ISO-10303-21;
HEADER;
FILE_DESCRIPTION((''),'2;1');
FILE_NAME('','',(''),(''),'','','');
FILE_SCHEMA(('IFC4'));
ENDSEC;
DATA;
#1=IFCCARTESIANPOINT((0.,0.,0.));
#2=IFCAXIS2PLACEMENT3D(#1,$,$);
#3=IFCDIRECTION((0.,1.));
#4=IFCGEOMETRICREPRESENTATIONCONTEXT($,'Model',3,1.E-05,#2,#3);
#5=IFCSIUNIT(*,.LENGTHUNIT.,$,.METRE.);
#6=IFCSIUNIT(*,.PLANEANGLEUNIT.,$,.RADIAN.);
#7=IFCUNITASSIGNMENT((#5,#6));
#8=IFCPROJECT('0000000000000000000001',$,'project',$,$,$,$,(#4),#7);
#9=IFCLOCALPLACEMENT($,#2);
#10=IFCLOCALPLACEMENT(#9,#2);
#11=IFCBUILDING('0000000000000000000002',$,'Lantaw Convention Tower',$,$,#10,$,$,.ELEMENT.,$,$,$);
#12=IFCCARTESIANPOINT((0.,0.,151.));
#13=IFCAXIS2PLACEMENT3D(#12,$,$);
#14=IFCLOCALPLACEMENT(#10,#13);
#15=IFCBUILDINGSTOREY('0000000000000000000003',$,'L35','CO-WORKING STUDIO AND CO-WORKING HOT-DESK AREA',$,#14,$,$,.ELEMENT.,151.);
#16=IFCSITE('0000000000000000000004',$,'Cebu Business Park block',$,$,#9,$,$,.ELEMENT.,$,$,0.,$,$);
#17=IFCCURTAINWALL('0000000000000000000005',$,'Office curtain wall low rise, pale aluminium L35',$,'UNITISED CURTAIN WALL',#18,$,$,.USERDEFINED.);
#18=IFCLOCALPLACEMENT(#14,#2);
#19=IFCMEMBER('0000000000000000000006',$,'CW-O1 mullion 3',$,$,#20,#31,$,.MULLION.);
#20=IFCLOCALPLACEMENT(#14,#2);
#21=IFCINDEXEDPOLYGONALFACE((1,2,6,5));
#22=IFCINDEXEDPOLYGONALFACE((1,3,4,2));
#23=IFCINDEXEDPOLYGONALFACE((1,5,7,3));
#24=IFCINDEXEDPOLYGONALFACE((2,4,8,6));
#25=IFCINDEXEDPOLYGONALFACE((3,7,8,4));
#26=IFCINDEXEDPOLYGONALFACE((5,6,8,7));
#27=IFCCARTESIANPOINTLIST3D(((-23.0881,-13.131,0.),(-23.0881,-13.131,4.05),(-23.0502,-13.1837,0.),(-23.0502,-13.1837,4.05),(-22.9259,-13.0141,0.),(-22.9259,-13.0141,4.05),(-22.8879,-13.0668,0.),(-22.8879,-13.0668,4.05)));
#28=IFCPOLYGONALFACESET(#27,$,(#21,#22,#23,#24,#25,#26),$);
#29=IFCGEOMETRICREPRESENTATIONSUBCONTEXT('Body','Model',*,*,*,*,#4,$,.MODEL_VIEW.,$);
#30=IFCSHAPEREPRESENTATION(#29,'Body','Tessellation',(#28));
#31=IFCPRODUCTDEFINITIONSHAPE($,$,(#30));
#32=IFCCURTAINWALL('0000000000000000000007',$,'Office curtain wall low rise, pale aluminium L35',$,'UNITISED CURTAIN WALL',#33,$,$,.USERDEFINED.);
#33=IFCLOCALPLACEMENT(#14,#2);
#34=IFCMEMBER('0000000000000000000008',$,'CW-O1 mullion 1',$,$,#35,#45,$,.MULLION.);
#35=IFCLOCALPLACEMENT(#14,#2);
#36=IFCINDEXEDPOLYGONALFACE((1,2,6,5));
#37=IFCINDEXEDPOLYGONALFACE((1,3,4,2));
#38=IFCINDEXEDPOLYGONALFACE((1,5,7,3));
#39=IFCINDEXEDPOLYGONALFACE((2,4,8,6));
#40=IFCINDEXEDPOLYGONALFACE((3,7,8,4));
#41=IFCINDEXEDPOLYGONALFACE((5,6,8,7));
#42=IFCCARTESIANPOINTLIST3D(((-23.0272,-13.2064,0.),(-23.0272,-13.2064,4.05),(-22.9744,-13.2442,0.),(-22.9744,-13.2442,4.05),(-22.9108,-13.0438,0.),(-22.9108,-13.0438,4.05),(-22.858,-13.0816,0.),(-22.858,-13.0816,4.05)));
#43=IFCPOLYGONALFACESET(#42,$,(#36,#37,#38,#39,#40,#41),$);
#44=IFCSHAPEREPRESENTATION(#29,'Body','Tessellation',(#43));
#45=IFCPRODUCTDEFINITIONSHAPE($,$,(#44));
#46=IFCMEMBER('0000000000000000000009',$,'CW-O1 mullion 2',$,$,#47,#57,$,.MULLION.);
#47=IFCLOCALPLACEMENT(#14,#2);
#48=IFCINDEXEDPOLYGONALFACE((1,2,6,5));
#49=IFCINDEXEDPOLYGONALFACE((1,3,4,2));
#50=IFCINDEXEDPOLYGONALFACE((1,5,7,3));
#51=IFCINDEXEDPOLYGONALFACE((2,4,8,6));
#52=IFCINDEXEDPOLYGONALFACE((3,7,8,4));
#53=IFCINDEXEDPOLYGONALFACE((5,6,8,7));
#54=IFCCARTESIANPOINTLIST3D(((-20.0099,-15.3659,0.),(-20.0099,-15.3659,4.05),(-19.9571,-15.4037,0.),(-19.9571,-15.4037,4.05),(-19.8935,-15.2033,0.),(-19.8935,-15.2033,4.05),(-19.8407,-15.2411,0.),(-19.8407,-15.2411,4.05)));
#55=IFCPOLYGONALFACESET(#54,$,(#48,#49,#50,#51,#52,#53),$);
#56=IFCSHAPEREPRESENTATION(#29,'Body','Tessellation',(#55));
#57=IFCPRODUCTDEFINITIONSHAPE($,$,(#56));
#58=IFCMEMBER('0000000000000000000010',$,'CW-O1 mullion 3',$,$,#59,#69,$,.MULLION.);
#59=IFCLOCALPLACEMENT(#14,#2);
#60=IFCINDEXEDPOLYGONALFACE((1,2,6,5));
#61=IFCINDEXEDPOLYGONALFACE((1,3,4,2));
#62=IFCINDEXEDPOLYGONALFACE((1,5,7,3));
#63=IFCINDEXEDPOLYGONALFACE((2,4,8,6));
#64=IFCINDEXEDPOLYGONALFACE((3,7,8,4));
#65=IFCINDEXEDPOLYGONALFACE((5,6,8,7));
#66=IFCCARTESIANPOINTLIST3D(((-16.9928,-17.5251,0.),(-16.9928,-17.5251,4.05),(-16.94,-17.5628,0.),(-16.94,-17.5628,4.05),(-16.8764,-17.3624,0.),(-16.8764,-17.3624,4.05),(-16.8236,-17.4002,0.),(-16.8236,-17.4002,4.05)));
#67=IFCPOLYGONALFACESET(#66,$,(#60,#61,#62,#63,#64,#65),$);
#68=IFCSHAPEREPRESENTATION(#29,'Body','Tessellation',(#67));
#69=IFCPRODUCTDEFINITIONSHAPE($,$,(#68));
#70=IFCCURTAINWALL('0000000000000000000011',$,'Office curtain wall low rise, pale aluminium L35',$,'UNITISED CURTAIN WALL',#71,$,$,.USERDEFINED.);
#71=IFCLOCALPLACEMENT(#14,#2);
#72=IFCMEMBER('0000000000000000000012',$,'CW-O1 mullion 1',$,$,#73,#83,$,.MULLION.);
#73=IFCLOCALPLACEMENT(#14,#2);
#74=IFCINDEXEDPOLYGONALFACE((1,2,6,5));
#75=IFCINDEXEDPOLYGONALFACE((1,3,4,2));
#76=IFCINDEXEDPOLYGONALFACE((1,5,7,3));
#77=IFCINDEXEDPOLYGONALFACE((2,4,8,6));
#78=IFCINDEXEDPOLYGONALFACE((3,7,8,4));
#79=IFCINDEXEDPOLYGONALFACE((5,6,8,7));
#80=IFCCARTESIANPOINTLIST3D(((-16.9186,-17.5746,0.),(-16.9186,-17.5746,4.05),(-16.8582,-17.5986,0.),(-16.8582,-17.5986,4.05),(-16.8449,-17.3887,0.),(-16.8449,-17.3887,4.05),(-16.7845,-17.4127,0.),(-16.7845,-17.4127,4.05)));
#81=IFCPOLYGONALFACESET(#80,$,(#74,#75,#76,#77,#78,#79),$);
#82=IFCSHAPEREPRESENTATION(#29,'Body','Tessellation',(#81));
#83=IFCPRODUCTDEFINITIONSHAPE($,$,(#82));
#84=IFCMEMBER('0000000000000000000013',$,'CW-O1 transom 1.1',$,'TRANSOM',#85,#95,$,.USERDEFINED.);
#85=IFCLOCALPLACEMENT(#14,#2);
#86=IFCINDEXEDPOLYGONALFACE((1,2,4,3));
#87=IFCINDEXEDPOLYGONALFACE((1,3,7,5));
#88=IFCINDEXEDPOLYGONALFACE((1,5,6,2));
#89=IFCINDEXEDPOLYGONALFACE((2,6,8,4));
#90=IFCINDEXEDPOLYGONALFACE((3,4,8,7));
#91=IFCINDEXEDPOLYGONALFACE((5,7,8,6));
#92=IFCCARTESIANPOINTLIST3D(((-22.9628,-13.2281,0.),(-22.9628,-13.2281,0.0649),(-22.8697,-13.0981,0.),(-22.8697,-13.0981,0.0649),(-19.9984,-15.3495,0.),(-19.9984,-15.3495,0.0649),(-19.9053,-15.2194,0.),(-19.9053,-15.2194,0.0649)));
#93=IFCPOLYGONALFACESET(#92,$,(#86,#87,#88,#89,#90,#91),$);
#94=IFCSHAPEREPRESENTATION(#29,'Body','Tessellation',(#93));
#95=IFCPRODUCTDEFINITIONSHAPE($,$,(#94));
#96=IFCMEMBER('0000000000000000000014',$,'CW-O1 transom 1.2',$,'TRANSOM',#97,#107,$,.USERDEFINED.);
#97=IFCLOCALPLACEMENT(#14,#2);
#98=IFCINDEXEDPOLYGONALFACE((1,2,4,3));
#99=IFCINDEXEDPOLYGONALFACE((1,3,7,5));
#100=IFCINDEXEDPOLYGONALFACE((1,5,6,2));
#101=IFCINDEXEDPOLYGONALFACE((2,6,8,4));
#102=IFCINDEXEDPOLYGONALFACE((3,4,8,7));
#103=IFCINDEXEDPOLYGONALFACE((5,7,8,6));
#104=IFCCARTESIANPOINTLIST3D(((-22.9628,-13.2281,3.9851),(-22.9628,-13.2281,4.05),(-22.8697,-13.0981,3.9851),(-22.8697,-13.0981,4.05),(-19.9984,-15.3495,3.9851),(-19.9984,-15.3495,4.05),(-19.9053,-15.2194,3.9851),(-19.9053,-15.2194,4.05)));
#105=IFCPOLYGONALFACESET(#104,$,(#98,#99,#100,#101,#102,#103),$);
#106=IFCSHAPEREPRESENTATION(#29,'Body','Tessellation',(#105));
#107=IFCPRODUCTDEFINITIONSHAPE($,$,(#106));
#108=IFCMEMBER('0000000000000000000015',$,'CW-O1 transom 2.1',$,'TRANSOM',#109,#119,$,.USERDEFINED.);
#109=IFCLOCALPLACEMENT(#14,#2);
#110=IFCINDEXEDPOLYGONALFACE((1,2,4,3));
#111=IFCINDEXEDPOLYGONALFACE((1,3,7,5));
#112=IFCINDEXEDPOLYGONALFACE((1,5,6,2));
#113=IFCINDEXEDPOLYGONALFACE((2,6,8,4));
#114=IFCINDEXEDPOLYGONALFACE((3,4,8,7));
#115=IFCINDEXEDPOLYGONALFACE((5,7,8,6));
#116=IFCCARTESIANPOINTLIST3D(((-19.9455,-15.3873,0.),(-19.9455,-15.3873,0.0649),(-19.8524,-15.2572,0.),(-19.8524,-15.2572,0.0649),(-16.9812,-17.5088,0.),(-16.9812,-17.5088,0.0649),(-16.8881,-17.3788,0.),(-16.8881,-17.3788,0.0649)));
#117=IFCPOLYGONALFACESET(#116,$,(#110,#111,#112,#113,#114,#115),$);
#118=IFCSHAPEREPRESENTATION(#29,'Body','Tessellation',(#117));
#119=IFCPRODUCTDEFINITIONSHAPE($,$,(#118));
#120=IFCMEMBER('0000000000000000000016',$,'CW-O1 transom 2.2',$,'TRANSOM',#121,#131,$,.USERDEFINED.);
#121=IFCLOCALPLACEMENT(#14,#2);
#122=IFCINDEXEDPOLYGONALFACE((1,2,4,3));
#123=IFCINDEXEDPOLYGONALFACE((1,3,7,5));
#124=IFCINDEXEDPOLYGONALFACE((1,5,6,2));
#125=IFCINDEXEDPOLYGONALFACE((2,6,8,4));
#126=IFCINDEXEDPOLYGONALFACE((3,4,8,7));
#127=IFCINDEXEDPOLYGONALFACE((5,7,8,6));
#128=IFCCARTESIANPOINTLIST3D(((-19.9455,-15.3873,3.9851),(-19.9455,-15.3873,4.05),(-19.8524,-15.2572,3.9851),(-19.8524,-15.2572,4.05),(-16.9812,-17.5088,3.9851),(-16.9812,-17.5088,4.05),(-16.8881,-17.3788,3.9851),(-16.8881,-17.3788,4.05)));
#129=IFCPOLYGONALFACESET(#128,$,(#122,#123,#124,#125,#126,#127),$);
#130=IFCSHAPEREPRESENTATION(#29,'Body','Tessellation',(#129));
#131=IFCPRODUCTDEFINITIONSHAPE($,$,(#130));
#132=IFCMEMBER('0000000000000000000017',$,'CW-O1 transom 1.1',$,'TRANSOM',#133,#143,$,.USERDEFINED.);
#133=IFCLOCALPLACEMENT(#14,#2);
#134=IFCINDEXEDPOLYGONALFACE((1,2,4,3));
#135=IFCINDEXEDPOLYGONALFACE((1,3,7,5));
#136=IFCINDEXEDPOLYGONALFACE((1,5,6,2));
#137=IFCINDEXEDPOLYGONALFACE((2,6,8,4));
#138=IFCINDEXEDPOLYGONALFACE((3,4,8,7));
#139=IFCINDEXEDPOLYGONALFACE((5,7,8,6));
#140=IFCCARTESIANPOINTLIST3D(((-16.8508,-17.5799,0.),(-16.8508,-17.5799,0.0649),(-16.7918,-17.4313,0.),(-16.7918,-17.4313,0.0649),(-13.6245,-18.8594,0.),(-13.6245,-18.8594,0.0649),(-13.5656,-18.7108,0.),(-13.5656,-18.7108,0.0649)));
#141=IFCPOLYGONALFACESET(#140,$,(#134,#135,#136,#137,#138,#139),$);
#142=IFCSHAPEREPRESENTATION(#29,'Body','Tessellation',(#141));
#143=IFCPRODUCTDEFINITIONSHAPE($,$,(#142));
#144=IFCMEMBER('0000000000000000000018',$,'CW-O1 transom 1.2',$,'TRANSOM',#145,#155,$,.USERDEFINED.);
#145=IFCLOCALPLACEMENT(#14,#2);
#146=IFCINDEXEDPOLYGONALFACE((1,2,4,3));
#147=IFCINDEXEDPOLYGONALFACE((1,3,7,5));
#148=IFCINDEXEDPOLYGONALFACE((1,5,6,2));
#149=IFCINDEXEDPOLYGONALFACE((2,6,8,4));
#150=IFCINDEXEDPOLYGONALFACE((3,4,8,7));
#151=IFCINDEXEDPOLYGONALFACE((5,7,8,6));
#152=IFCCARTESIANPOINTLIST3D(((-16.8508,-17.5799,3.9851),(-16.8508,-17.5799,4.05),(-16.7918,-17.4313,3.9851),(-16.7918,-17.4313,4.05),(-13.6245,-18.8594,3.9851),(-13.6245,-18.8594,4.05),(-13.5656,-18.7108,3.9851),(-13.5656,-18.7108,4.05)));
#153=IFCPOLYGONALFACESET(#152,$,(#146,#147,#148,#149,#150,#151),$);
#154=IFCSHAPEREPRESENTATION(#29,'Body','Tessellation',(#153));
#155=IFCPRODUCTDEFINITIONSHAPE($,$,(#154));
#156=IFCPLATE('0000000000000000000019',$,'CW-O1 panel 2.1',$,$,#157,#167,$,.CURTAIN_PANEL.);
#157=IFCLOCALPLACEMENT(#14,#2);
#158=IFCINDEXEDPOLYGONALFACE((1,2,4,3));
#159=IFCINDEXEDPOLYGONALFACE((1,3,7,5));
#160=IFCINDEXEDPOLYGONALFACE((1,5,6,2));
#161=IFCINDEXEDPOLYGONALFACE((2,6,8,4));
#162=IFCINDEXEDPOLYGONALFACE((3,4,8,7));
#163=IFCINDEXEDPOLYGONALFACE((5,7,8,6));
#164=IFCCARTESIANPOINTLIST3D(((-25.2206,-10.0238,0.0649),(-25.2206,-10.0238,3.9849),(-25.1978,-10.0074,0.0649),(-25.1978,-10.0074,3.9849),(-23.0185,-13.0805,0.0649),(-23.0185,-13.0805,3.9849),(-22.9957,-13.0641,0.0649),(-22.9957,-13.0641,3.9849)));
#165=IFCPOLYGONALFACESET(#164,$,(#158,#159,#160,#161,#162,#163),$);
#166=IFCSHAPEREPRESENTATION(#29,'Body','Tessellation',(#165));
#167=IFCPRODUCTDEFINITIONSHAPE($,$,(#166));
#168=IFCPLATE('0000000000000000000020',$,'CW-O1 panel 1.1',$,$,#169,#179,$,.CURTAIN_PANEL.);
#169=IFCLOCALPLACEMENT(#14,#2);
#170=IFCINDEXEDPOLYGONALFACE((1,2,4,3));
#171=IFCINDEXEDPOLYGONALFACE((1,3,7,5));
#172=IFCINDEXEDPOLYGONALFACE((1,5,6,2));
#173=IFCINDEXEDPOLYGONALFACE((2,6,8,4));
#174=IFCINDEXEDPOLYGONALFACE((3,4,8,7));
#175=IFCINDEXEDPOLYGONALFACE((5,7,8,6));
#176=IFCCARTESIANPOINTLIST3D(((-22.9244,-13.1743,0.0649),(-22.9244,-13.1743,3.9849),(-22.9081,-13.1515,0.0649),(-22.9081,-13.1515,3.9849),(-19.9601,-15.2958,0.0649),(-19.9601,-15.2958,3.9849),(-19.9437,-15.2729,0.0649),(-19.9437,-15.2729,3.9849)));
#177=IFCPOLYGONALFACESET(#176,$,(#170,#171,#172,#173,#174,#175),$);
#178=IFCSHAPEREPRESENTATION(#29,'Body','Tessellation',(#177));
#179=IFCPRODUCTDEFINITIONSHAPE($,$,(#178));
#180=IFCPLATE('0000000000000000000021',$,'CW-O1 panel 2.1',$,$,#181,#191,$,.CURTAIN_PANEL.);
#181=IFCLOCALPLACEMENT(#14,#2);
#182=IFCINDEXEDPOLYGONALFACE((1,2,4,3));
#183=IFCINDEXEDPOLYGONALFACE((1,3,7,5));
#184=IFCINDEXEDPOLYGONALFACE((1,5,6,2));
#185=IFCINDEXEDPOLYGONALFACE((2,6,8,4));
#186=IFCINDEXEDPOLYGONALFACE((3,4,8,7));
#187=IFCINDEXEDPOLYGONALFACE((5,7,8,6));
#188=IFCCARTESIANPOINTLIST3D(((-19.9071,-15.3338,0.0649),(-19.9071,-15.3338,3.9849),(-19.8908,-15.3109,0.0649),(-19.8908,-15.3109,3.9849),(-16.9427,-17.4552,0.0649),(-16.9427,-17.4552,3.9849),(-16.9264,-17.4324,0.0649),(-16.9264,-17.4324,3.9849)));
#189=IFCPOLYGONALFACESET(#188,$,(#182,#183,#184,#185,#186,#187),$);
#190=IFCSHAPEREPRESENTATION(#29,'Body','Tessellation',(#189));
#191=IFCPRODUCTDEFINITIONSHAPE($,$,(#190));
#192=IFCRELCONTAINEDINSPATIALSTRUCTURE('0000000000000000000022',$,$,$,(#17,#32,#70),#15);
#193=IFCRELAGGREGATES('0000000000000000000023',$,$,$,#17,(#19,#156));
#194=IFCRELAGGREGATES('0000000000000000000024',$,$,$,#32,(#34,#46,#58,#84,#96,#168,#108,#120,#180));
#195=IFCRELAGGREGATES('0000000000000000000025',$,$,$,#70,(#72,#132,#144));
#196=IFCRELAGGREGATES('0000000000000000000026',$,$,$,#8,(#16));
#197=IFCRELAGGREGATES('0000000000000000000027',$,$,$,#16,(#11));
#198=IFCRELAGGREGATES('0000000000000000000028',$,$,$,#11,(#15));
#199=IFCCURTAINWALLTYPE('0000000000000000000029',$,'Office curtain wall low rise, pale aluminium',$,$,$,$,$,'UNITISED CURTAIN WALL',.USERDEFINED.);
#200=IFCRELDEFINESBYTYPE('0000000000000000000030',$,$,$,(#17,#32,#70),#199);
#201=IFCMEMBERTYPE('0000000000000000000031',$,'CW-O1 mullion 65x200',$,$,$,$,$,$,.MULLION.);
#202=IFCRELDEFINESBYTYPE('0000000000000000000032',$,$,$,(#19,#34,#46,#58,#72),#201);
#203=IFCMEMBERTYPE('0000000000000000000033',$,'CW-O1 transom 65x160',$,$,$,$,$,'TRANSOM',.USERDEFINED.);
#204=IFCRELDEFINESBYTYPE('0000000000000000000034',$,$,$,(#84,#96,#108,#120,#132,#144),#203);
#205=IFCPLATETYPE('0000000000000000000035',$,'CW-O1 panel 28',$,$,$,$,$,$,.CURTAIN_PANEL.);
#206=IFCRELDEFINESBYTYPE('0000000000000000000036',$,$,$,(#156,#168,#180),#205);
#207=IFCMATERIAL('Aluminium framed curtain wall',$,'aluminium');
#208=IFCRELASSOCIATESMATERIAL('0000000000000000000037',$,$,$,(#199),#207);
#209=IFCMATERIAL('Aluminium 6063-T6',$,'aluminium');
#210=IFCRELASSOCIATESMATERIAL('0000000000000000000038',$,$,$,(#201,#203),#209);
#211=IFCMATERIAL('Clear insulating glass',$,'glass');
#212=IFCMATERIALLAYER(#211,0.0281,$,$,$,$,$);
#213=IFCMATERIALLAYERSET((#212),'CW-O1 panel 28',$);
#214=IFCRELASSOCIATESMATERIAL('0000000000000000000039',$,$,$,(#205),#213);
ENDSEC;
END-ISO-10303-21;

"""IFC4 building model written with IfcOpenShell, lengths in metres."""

from ifc_helpers import new_model, si_unit, direction, frame, origin, origin_2d, place, context, subcontext, project, spatial, rectangle, extrude, material, layer, layer_set, material_profile, profile_set, type_object, element, aggregate, save


model = new_model("IFC4")

# Units and contexts
model_context = context("Model", 3, precision=1e-05, world=origin(), true_north=direction((0.0, 1.0)))
body_context = subcontext(model_context, "Body", "Model", "MODEL_VIEW")
ifc_project = project(units=[si_unit("LENGTHUNIT", "METRE"), si_unit("PLANEANGLEUNIT", "RADIAN")], contexts=[model_context])

# Site, building, storey
site_placement = place(None, origin())
site = spatial("IfcSite", under=ifc_project, at=site_placement, Name="Cebu Business Park block", CompositionType="ELEMENT", RefElevation=0.0)
building_placement = place(site_placement, origin())
building = spatial("IfcBuilding", under=site, at=building_placement, Name="Lantaw Convention Tower", CompositionType="ELEMENT")
storey_placement = place(building_placement, frame((0.0, 0.0, 151.0)))
storey = spatial("IfcBuildingStorey", under=building, at=storey_placement, Name="L35", Description="CO-WORKING STUDIO AND CO-WORKING HOT-DESK AREA", CompositionType="ELEMENT", Elevation=151.0)

# Curtain wall, member
ifc_material_1 = material(Name="Aluminium framed curtain wall", Category="aluminium")
curtain_wall_type = type_object("IfcCurtainWallType", Name="Office curtain wall low rise, pale aluminium", ElementType="UNITISED CURTAIN WALL", PredefinedType="USERDEFINED", material=ifc_material_1)
curtain_wall_1_placement = place(storey_placement, origin())
curtain_wall_1 = element("IfcCurtainWall", 1, at=curtain_wall_1_placement, inside=storey, type_object=curtain_wall_type, Name="Office curtain wall low rise, pale aluminium L35", ObjectType="UNITISED CURTAIN WALL", PredefinedType="USERDEFINED")
ifc_material_2 = material(Name="Aluminium 6063-T6", Category="aluminium")
ifc_material_profile_1 = material_profile(ifc_material_2, rectangle(XDim=0.2, YDim=0.0649, at=origin_2d()), Name="CW-O1 mullion 65x200")
ifc_profile_set_1 = profile_set([ifc_material_profile_1], Name="Aluminium 6063-T6")
member_type_1 = type_object("IfcMemberType", Name="CW-O1 mullion 65x200", PredefinedType="MULLION", material=ifc_profile_set_1)
member_1_placement = place(storey_placement, frame((-22.988, -13.0989, 0.0), z_axis=(0.0, 0.0, 1.0), x_axis=(0.811385, 0.584513, 0.0)))
member_1 = element("IfcMember", 2, at=member_1_placement, type_object=member_type_1, Name="CW-O1 mullion 3", PredefinedType="MULLION", context=body_context, shape_type="SweptSolid", body=[
    extrude(rectangle(XDim=0.2, YDim=0.0649, at=origin_2d()), origin(), (0.0, 0.0, 1.0), 4.05),
])

# Curtain wall, members
curtain_wall_2_placement = place(storey_placement, origin())
curtain_wall_2 = element("IfcCurtainWall", 3, at=curtain_wall_2_placement, inside=storey, type_object=curtain_wall_type, Name="Office curtain wall low rise, pale aluminium L35", ObjectType="UNITISED CURTAIN WALL", PredefinedType="USERDEFINED")
member_2_placement = place(storey_placement, frame((-22.9426, -13.144, 0.0), z_axis=(0.0, 0.0, 1.0), x_axis=(0.581973, 0.813208, 0.0)))
member_2 = element("IfcMember", 4, at=member_2_placement, type_object=member_type_1, Name="CW-O1 mullion 1", PredefinedType="MULLION", context=body_context, shape_type="SweptSolid", body=[
    extrude(rectangle(XDim=0.2, YDim=0.0649, at=origin_2d()), origin(), (0.0, 0.0, 1.0), 4.05),
])
member_3_placement = place(storey_placement, frame((-19.9253, -15.3035, 0.0), z_axis=(0.0, 0.0, 1.0), x_axis=(0.581973, 0.813208, 0.0)))
member_3 = element("IfcMember", 5, at=member_3_placement, type_object=member_type_1, Name="CW-O1 mullion 2", PredefinedType="MULLION", context=body_context, shape_type="SweptSolid", body=[
    extrude(rectangle(XDim=0.2, YDim=0.0649, at=origin_2d()), origin(), (0.0, 0.0, 1.0), 4.05),
])
member_4_placement = place(storey_placement, frame((-16.9082, -17.4626, 0.0), z_axis=(0.0, 0.0, 1.0), x_axis=(0.581973, 0.813208, 0.0)))
member_4 = element("IfcMember", 6, at=member_4_placement, type_object=member_type_1, Name="CW-O1 mullion 3", PredefinedType="MULLION", context=body_context, shape_type="SweptSolid", body=[
    extrude(rectangle(XDim=0.2, YDim=0.0649, at=origin_2d()), origin(), (0.0, 0.0, 1.0), 4.05),
])

# Curtain wall, member
curtain_wall_3_placement = place(storey_placement, origin())
curtain_wall_3 = element("IfcCurtainWall", 7, at=curtain_wall_3_placement, inside=storey, type_object=curtain_wall_type, Name="Office curtain wall low rise, pale aluminium L35", ObjectType="UNITISED CURTAIN WALL", PredefinedType="USERDEFINED")
member_5_placement = place(storey_placement, frame((-16.8516, -17.4937, 0.0), z_axis=(0.0, 0.0, 1.0), x_axis=(0.368702, 0.929548, 0.0)))
member_5 = element("IfcMember", 8, at=member_5_placement, type_object=member_type_1, Name="CW-O1 mullion 1", PredefinedType="MULLION", context=body_context, shape_type="SweptSolid", body=[
    extrude(rectangle(XDim=0.2, YDim=0.0649, at=origin_2d()), origin(), (0.0, 0.0, 1.0), 4.05),
])

# Members
ifc_material_profile_2 = material_profile(ifc_material_2, rectangle(XDim=0.1599, YDim=0.0649, at=origin_2d()), Name="CW-O1 transom 65x160")
ifc_profile_set_2 = profile_set([ifc_material_profile_2], Name="Aluminium 6063-T6")
member_type_2 = type_object("IfcMemberType", Name="CW-O1 transom 65x160", ElementType="TRANSOM", PredefinedType="USERDEFINED", material=ifc_profile_set_2)
member_6_placement = place(storey_placement, frame((-22.9163, -13.1631, 0.0325), z_axis=(0.813222, -0.581954, 0.0), x_axis=(0.581954, 0.813222, 0.0)))
member_6 = element("IfcMember", 9, at=member_6_placement, type_object=member_type_2, Name="CW-O1 transom 1.1", ObjectType="TRANSOM", PredefinedType="USERDEFINED", context=body_context, shape_type="SweptSolid", body=[
    extrude(rectangle(XDim=0.1599, YDim=0.0649, at=origin_2d()), origin(), (0.0, 0.0, 1.0), 3.6453),
])
member_7_placement = place(storey_placement, frame((-22.9163, -13.1631, 4.0176), z_axis=(0.813222, -0.581954, 0.0), x_axis=(0.581954, 0.813222, 0.0)))
member_7 = element("IfcMember", 10, at=member_7_placement, type_object=member_type_2, Name="CW-O1 transom 1.2", ObjectType="TRANSOM", PredefinedType="USERDEFINED", context=body_context, shape_type="SweptSolid", body=[
    extrude(rectangle(XDim=0.1599, YDim=0.0649, at=origin_2d()), origin(), (0.0, 0.0, 1.0), 3.6453),
])
member_8_placement = place(storey_placement, frame((-19.8989, -15.3223, 0.0325), z_axis=(0.81319, -0.581998, 0.0), x_axis=(0.581998, 0.81319, 0.0)))
member_8 = element("IfcMember", 11, at=member_8_placement, type_object=member_type_2, Name="CW-O1 transom 2.1", ObjectType="TRANSOM", PredefinedType="USERDEFINED", context=body_context, shape_type="SweptSolid", body=[
    extrude(rectangle(XDim=0.1599, YDim=0.0649, at=origin_2d()), origin(), (0.0, 0.0, 1.0), 3.6453),
])
member_9_placement = place(storey_placement, frame((-19.8989, -15.3223, 4.0176), z_axis=(0.81319, -0.581998, 0.0), x_axis=(0.581998, 0.81319, 0.0)))
member_9 = element("IfcMember", 12, at=member_9_placement, type_object=member_type_2, Name="CW-O1 transom 2.2", ObjectType="TRANSOM", PredefinedType="USERDEFINED", context=body_context, shape_type="SweptSolid", body=[
    extrude(rectangle(XDim=0.1599, YDim=0.0649, at=origin_2d()), origin(), (0.0, 0.0, 1.0), 3.6453),
])
member_10_placement = place(storey_placement, frame((-16.8213, -17.5056, 0.0325), z_axis=(0.929564, -0.36866, 0.0), x_axis=(0.36866, 0.929564, 0.0)))
member_10 = element("IfcMember", 13, at=member_10_placement, type_object=member_type_2, Name="CW-O1 transom 1.1", ObjectType="TRANSOM", PredefinedType="USERDEFINED", context=body_context, shape_type="SweptSolid", body=[
    extrude(rectangle(XDim=0.1599, YDim=0.0649, at=origin_2d()), origin(), (0.0, 0.0, 1.0), 3.4707),
])
member_11_placement = place(storey_placement, frame((-16.8213, -17.5056, 4.0176), z_axis=(0.929564, -0.36866, 0.0), x_axis=(0.36866, 0.929564, 0.0)))
member_11 = element("IfcMember", 14, at=member_11_placement, type_object=member_type_2, Name="CW-O1 transom 1.2", ObjectType="TRANSOM", PredefinedType="USERDEFINED", context=body_context, shape_type="SweptSolid", body=[
    extrude(rectangle(XDim=0.1599, YDim=0.0649, at=origin_2d()), origin(), (0.0, 0.0, 1.0), 3.4707),
])

# Plates
ifc_material_3 = material(Name="Clear insulating glass", Category="glass")
ifc_layer_1 = layer(ifc_material_3, 0.0281)
ifc_layer_set_1 = layer_set([ifc_layer_1], Name="CW-O1 panel 28")
plate_type_1 = type_object("IfcPlateType", Name="CW-O1 panel 28", PredefinedType="CURTAIN_PANEL", material=ifc_layer_set_1)
plate_1_placement = place(storey_placement, frame((-24.1082, -11.5439, 0.0649), z_axis=(0.0, 0.0, 1.0), x_axis=(0.584513, -0.811385, 0.0)))
plate_1 = element("IfcPlate", 15, at=plate_1_placement, type_object=plate_type_1, Name="CW-O1 panel 2.1", PredefinedType="CURTAIN_PANEL", context=body_context, shape_type="SweptSolid", body=[
    extrude(rectangle(XDim=3.7673, YDim=0.0281, at=origin_2d()), origin(), (0.0, 0.0, 1.0), 3.9199),
])
aggregate(curtain_wall_1, [member_1, plate_1])
plate_2_placement = place(storey_placement, frame((-21.4341, -14.2236, 0.0649), z_axis=(0.0, 0.0, 1.0), x_axis=(0.813208, -0.581973, 0.0)))
plate_2 = element("IfcPlate", 16, at=plate_2_placement, type_object=plate_type_1, Name="CW-O1 panel 1.1", PredefinedType="CURTAIN_PANEL", context=body_context, shape_type="SweptSolid", body=[
    extrude(rectangle(XDim=3.6453, YDim=0.0281, at=origin_2d()), origin(), (0.0, 0.0, 1.0), 3.9199),
])
plate_3_placement = place(storey_placement, frame((-18.4167, -16.3831, 0.0649), z_axis=(0.0, 0.0, 1.0), x_axis=(0.813208, -0.581973, 0.0)))
plate_3 = element("IfcPlate", 17, at=plate_3_placement, type_object=plate_type_1, Name="CW-O1 panel 2.1", PredefinedType="CURTAIN_PANEL", context=body_context, shape_type="SweptSolid", body=[
    extrude(rectangle(XDim=3.6453, YDim=0.0281, at=origin_2d()), origin(), (0.0, 0.0, 1.0), 3.9199),
])
aggregate(curtain_wall_2, [member_2, member_3, member_4, member_6, member_7, plate_2, member_8, member_9, plate_3])
aggregate(curtain_wall_3, [member_5, member_10, member_11])

save(model, "model.ifc")
